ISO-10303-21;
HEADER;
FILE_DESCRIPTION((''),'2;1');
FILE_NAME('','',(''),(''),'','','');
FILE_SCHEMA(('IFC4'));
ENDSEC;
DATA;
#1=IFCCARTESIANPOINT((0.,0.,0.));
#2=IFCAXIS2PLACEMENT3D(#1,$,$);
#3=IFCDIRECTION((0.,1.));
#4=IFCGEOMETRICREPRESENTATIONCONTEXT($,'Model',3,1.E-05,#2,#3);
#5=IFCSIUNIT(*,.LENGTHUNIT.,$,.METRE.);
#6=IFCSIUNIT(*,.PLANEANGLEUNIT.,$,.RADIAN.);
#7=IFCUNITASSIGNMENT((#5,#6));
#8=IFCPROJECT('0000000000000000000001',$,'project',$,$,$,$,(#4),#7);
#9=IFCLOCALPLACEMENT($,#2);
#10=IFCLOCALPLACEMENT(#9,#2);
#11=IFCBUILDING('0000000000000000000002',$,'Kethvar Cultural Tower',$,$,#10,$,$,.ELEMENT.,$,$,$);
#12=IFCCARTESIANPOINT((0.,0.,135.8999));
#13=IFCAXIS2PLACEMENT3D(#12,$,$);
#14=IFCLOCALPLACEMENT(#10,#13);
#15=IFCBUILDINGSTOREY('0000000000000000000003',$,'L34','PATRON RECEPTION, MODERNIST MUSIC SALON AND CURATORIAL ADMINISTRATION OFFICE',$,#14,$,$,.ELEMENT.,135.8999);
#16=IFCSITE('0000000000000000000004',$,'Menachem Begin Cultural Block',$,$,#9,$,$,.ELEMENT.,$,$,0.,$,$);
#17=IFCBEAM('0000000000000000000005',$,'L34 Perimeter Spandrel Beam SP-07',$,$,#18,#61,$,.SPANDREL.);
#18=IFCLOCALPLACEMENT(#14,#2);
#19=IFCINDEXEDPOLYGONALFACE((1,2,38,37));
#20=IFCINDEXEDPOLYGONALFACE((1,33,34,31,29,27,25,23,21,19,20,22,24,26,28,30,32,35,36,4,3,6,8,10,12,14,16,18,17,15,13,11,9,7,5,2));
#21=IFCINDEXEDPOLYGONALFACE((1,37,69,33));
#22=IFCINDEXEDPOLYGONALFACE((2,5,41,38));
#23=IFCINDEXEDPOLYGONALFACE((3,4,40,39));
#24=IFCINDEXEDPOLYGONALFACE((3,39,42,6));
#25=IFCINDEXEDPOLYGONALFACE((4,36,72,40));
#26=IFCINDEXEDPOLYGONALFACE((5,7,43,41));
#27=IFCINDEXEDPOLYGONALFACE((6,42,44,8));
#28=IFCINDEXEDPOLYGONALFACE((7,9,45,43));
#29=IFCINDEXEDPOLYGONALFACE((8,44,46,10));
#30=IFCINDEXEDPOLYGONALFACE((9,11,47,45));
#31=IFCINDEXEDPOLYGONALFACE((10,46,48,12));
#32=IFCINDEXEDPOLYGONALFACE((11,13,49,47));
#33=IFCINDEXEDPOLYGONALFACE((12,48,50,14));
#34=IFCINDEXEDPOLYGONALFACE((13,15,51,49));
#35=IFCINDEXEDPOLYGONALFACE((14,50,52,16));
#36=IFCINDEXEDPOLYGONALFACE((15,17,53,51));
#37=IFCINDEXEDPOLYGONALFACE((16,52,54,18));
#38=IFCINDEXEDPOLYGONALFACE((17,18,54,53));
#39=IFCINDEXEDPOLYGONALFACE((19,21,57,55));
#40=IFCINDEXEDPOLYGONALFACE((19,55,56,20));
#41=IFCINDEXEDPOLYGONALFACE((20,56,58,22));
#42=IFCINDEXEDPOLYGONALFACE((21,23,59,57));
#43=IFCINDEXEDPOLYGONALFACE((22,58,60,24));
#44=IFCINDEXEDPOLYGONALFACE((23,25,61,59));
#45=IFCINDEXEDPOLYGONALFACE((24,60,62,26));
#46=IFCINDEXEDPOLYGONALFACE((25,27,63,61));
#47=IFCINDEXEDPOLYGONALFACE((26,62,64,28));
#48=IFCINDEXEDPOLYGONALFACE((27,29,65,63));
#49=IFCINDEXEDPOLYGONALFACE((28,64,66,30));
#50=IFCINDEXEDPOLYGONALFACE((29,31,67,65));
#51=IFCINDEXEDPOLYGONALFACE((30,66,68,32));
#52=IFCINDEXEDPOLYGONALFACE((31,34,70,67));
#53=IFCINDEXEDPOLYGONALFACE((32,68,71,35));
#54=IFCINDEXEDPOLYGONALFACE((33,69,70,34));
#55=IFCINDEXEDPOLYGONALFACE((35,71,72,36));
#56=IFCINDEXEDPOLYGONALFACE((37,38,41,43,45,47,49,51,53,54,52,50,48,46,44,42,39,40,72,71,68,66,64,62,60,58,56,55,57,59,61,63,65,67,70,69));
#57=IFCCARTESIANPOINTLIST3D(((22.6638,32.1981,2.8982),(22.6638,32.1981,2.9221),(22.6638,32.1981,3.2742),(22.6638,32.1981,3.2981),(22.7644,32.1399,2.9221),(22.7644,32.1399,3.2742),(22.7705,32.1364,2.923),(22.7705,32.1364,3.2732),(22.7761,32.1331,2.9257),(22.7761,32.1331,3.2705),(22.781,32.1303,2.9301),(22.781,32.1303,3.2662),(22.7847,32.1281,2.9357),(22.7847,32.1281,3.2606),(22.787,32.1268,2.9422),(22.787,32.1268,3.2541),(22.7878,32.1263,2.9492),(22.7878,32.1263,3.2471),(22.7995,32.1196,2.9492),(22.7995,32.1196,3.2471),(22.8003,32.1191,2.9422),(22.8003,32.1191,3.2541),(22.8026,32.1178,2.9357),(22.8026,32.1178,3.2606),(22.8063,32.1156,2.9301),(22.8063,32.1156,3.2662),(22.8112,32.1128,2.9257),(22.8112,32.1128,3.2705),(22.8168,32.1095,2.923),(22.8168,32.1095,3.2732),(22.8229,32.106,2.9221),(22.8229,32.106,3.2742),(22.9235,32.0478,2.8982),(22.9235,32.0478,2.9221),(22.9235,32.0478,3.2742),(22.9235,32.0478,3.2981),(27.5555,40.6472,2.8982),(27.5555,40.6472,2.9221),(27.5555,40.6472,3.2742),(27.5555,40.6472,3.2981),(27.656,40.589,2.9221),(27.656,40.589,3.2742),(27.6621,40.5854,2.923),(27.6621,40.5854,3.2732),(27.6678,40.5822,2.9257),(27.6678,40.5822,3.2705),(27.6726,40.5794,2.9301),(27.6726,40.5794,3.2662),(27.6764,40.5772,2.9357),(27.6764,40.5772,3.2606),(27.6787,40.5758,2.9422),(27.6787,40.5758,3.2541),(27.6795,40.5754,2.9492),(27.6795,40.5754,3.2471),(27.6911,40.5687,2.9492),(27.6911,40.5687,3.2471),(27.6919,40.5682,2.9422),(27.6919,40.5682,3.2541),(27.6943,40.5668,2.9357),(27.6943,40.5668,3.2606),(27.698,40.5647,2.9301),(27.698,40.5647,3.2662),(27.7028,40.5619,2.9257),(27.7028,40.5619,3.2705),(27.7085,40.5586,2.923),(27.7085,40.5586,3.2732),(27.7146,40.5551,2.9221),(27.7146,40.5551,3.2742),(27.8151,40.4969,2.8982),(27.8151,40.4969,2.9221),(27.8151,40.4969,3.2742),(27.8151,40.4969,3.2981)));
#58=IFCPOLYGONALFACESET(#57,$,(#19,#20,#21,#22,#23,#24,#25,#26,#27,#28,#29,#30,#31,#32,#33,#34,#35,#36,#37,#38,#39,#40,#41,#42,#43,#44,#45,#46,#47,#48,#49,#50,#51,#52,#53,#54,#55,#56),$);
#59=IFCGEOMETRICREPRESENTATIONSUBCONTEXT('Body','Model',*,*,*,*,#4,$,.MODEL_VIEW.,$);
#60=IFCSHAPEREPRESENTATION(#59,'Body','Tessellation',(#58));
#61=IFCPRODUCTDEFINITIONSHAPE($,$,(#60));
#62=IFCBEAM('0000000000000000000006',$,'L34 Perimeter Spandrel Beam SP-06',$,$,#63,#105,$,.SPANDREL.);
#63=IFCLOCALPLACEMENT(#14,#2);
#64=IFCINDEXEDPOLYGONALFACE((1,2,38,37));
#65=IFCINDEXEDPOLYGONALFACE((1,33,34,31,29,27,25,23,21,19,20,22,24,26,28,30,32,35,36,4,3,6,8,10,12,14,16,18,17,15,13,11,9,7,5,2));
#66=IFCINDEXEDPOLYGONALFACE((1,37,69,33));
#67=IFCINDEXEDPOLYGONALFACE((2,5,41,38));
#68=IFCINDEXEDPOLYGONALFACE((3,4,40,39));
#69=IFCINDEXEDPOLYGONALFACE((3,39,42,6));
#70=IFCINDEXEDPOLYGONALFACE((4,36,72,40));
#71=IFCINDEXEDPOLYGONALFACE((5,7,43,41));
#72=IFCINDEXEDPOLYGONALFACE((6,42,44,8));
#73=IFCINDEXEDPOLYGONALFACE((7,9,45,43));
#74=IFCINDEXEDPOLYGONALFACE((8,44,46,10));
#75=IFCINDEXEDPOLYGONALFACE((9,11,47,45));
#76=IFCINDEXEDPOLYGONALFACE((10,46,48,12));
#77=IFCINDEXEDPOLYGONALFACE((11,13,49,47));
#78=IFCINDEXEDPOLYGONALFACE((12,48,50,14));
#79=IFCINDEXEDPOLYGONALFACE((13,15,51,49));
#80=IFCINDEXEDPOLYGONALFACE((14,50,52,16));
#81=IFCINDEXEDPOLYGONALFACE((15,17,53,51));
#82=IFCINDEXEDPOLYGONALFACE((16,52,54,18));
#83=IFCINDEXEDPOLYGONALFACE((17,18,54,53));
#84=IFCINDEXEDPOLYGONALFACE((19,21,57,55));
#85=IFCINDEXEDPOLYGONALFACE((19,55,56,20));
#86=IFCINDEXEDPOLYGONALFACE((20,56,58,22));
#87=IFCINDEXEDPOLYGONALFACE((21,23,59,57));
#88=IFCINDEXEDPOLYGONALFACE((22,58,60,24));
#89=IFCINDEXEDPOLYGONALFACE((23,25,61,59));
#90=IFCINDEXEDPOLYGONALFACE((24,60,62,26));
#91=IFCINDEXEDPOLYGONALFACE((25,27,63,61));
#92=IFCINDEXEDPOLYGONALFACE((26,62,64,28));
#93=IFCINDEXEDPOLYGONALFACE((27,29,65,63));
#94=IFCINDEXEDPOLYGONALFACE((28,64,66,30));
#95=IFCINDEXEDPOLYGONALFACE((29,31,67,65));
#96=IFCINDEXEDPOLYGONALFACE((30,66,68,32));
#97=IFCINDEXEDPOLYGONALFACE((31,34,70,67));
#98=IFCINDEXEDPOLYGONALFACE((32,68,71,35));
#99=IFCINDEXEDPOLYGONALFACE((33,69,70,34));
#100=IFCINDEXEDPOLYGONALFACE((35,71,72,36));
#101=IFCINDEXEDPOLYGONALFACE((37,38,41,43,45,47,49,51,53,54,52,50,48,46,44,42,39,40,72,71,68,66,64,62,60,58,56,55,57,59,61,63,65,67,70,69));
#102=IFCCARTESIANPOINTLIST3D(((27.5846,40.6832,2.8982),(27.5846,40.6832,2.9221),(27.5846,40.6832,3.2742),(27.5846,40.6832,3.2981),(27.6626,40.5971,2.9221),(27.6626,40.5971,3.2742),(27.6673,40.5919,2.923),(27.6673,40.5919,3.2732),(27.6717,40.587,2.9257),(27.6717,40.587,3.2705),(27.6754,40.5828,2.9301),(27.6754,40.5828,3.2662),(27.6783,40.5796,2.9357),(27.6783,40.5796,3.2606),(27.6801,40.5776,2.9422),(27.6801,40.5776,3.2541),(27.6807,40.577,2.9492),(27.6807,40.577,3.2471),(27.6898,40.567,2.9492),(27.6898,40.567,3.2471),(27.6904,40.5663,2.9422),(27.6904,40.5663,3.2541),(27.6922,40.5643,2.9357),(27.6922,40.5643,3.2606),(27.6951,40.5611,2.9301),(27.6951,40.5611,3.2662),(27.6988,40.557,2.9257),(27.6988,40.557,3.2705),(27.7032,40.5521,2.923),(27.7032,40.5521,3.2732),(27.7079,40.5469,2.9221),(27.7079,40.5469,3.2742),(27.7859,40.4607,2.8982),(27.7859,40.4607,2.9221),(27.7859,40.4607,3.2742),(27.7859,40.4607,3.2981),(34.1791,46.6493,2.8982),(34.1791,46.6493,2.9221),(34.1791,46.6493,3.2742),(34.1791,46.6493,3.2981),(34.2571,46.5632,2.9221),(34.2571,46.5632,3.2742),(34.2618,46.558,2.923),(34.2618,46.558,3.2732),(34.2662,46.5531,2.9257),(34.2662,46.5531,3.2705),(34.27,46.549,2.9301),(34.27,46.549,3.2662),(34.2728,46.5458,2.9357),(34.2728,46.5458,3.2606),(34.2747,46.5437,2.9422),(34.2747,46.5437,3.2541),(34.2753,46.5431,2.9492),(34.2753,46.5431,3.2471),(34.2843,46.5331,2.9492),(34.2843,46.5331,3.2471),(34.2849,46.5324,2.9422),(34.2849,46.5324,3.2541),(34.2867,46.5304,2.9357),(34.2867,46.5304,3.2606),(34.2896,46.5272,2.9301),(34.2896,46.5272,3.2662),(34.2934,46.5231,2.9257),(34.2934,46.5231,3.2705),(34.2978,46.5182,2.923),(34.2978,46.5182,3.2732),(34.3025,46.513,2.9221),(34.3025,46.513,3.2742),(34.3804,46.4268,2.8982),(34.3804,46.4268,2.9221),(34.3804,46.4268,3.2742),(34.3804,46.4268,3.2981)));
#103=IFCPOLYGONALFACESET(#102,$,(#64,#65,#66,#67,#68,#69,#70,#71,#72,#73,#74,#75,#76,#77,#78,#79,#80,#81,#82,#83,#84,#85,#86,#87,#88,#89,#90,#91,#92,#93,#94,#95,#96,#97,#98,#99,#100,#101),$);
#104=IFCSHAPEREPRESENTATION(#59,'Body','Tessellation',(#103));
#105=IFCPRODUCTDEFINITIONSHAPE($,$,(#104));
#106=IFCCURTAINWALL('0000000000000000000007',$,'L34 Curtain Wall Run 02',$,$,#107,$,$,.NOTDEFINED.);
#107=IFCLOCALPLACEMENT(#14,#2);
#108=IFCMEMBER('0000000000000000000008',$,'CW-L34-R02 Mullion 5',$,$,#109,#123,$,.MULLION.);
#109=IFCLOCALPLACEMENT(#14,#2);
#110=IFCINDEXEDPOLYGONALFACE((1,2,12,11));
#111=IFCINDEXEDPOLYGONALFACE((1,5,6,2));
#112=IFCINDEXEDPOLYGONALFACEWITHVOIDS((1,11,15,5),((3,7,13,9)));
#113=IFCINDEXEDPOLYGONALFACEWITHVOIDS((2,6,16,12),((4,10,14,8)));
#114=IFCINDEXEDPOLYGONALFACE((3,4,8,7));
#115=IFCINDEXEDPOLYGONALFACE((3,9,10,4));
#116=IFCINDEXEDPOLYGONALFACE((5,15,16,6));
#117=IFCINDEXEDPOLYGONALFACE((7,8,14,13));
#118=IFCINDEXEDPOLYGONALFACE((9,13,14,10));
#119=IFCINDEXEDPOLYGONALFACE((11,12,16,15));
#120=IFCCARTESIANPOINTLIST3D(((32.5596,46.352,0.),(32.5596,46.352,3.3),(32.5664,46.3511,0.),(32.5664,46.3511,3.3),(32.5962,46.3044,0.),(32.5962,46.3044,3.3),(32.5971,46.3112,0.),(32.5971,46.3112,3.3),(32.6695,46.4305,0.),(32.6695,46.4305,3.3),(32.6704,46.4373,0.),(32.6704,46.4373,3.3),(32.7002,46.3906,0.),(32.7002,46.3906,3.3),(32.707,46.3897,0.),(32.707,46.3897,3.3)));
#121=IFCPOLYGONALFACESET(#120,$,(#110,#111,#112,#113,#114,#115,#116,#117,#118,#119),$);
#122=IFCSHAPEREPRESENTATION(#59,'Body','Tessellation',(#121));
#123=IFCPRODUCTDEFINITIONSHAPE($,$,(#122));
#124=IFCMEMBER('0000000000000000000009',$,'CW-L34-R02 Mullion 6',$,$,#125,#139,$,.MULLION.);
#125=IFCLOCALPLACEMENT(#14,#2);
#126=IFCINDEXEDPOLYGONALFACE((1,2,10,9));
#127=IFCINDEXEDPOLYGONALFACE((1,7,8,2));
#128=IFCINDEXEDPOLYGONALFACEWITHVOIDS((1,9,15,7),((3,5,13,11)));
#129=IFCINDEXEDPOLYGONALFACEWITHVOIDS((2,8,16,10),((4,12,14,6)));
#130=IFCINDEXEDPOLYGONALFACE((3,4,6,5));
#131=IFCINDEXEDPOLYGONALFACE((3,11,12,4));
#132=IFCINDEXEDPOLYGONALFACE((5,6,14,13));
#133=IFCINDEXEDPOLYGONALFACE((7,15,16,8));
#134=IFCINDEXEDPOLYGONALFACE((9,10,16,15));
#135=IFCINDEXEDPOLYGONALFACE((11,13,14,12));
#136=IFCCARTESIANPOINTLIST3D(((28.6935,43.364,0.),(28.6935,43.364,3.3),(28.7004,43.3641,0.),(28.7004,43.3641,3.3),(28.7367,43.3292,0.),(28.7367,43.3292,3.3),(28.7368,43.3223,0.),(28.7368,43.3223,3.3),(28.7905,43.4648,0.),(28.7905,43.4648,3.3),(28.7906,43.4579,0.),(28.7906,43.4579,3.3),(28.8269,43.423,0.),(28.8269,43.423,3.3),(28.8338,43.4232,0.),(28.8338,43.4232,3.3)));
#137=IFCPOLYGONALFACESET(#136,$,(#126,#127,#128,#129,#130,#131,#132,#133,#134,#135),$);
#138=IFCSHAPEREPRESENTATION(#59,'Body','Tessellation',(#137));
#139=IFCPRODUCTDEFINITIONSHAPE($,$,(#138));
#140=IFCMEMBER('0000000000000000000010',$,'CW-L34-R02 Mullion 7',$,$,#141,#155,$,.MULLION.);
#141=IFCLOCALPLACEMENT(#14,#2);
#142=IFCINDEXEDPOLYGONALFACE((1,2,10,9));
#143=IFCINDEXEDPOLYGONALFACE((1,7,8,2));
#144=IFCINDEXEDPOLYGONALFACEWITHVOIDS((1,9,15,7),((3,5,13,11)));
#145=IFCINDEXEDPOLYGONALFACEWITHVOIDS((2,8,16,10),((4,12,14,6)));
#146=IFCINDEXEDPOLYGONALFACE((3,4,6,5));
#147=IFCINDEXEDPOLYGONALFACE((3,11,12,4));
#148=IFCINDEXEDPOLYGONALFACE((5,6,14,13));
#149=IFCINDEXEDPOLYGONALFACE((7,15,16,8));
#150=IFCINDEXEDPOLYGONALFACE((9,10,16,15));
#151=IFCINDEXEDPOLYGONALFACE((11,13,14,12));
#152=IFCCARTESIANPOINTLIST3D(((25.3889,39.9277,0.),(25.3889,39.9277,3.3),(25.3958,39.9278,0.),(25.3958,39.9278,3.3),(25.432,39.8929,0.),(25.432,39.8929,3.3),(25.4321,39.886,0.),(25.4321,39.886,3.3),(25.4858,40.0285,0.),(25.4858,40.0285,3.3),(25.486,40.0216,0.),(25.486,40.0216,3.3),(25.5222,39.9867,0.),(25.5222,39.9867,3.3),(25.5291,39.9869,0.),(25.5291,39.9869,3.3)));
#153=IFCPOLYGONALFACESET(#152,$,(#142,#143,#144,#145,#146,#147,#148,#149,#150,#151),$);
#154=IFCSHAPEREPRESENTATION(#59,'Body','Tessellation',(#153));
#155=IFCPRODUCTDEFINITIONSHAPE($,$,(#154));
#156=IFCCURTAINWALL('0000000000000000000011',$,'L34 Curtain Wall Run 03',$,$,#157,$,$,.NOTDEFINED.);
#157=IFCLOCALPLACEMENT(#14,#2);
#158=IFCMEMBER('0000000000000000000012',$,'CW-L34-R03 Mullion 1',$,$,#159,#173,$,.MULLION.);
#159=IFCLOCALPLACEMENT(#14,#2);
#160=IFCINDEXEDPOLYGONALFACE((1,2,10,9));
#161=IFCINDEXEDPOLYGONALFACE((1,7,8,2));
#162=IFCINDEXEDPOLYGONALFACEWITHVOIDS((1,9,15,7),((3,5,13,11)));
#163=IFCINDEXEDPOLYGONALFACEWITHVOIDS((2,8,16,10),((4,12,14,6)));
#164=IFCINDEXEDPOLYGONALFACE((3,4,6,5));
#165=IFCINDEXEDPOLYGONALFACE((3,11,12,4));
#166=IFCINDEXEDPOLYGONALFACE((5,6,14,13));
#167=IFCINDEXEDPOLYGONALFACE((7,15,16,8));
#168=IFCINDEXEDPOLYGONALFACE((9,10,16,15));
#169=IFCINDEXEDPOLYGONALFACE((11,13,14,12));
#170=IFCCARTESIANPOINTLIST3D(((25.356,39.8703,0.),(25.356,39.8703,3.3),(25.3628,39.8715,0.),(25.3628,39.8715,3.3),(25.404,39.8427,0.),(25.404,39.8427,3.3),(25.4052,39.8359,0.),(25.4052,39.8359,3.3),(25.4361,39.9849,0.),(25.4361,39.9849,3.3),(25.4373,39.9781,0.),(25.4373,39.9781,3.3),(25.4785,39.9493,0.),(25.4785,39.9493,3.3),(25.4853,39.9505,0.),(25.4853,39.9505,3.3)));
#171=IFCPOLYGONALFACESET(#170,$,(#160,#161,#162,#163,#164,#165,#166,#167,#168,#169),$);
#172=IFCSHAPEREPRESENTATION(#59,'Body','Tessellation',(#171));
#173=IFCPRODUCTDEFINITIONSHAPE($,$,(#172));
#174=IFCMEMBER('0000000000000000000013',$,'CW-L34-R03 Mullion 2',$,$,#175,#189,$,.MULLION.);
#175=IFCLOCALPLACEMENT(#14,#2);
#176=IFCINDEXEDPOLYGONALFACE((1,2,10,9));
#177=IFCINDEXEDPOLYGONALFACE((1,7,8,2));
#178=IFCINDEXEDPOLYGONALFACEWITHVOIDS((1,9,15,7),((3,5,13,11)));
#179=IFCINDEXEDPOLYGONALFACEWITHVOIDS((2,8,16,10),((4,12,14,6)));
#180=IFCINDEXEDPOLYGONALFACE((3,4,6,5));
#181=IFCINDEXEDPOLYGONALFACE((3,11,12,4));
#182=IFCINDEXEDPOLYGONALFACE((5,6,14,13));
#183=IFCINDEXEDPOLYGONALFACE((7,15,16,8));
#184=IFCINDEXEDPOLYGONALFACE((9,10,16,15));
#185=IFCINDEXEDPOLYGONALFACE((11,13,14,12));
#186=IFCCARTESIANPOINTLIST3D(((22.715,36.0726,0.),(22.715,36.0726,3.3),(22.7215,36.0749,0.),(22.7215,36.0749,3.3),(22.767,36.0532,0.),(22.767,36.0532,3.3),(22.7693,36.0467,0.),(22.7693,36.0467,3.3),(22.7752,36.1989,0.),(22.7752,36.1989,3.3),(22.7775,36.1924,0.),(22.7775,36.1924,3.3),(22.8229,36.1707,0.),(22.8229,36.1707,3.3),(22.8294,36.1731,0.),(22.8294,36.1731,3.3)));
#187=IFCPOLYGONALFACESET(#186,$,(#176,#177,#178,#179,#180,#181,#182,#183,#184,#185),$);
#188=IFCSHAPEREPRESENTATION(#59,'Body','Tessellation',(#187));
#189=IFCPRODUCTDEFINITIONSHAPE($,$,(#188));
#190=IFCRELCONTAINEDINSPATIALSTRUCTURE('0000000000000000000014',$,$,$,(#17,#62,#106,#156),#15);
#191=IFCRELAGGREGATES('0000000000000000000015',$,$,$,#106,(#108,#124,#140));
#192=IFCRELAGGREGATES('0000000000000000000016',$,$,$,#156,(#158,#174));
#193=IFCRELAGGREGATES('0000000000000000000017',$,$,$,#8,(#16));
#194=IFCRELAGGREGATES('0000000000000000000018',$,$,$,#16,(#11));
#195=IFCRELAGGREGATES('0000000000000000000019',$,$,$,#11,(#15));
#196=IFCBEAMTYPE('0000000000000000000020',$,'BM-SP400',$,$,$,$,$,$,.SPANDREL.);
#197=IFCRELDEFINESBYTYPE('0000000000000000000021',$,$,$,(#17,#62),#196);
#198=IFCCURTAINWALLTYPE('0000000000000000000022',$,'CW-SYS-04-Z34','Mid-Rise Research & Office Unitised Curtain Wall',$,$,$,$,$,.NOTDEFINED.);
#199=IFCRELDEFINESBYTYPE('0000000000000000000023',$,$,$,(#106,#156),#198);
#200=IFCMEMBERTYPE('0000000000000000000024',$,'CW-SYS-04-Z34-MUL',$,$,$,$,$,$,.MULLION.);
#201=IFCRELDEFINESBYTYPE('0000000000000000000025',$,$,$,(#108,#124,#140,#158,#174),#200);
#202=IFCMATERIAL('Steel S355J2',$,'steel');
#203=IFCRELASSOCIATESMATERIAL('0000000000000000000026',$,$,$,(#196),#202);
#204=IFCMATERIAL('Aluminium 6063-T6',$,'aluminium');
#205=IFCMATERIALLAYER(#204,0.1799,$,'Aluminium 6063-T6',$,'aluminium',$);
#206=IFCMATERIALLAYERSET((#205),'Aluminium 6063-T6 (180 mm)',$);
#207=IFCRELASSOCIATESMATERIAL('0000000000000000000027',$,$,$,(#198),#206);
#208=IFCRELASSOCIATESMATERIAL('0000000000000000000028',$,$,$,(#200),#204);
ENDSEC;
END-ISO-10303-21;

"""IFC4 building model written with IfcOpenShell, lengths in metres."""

from ifc_helpers import new_model, si_unit, direction, frame, origin, origin_2d, place, context, subcontext, project, spatial, hollow_rectangle, i_section, extrude, source, transform, mapped, material, layer, layer_set, material_profile, profile_set, type_object, element, aggregate, save


model = new_model("IFC4")

# Units and contexts
model_context = context("Model", 3, precision=1e-05, world=origin(), true_north=direction((0.0, 1.0)))
body_context = subcontext(model_context, "Body", "Model", "MODEL_VIEW")
ifc_project = project(units=[si_unit("LENGTHUNIT", "METRE"), si_unit("PLANEANGLEUNIT", "RADIAN")], contexts=[model_context])

# Site, building, storey
site_placement = place(None, origin())
site = spatial("IfcSite", under=ifc_project, at=site_placement, Name="Menachem Begin Cultural Block", CompositionType="ELEMENT", RefElevation=0.0)
building_placement = place(site_placement, origin())
building = spatial("IfcBuilding", under=site, at=building_placement, Name="Kethvar Cultural Tower", CompositionType="ELEMENT")
storey_placement = place(building_placement, frame((0.0, 0.0, 135.8999)))
storey = spatial("IfcBuildingStorey", under=building, at=storey_placement, Name="L34", Description="PATRON RECEPTION, MODERNIST MUSIC SALON AND CURATORIAL ADMINISTRATION OFFICE", CompositionType="ELEMENT", Elevation=135.8999)

# Beams
ifc_material_1 = material(Name="Steel S355J2", Category="steel")
ifc_material_profile_1 = material_profile(ifc_material_1, i_section(OverallWidth=0.3, OverallDepth=0.3999, WebThickness=0.0134, FlangeThickness=0.0239, FilletRadius=0.0271, at=origin_2d()), Name="Steel S355J2 — HEB400")
ifc_profile_set_1 = profile_set([ifc_material_profile_1], Name="Steel S355J2 — HEB400")
beam_type_1 = type_object("IfcBeamType", Name="BM-SP400", PredefinedType="SPANDREL", material=ifc_profile_set_1)
shared_shape_1 = source(origin(), body_context, "Body", "SweptSolid", [
    extrude(i_section(OverallWidth=0.3, OverallDepth=0.3999, WebThickness=0.0134, FlangeThickness=0.0239, FilletRadius=0.0271, at=origin_2d()), origin(), (0.0, 0.0, 1.0), 9.7629),
])
beam_1_placement = place(storey_placement, frame((27.6853, 40.572, 3.0981), z_axis=(-0.501043, -0.865422, 0.0), x_axis=(0.865422, -0.501043, 0.0)))
element("IfcBeam", 1, at=beam_1_placement, inside=storey, type_object=beam_type_1, Name="L34 Perimeter Spandrel Beam SP-07", PredefinedType="SPANDREL", context=body_context, shape_type="MappedRepresentation", body=[
    mapped(shared_shape_1, transform((0.0, 0.0, 0.0), scale=1.0)),
])
shared_shape_2 = source(origin(), body_context, "Body", "SweptSolid", [
    extrude(i_section(OverallWidth=0.3, OverallDepth=0.3999, WebThickness=0.0134, FlangeThickness=0.0239, FilletRadius=0.0271, at=origin_2d()), origin(), (0.0, 0.0, 1.0), 8.8928),
])
beam_2_placement = place(storey_placement, frame((34.2798, 46.5381, 3.0981), z_axis=(-0.741557, -0.67089, 0.0), x_axis=(0.67089, -0.741557, 0.0)))
element("IfcBeam", 2, at=beam_2_placement, inside=storey, type_object=beam_type_1, Name="L34 Perimeter Spandrel Beam SP-06", PredefinedType="SPANDREL", context=body_context, shape_type="MappedRepresentation", body=[
    mapped(shared_shape_2, transform((0.0, 0.0, 0.0), scale=1.0)),
])

# Curtain walls, members
ifc_material_2 = material(Name="Aluminium 6063-T6", Category="aluminium")
ifc_layer_1 = layer(ifc_material_2, 0.1799, Name="Aluminium 6063-T6", Category="aluminium")
ifc_layer_set_1 = layer_set([ifc_layer_1], Name="Aluminium 6063-T6 (180 mm)")
curtain_wall_type = type_object("IfcCurtainWallType", Name="CW-SYS-04-Z34", Description="Mid-Rise Research & Office Unitised Curtain Wall", PredefinedType="NOTDEFINED", material=ifc_layer_set_1)
curtain_wall_1_placement = place(storey_placement, origin())
curtain_wall_1 = element("IfcCurtainWall", 3, at=curtain_wall_1_placement, inside=storey, type_object=curtain_wall_type, Name="L34 Curtain Wall Run 02", PredefinedType="NOTDEFINED")
ifc_material_profile_2 = material_profile(ifc_material_2, hollow_rectangle(XDim=0.0601, YDim=0.1399, WallThickness=0.0049, at=origin_2d()), Name="Aluminium 6063-T6 — RHS140x60x5")
ifc_profile_set_2 = profile_set([ifc_material_profile_2], Name="Aluminium 6063-T6 — RHS140x60x5")
member_type_1 = type_object("IfcMemberType", Name="CW-SYS-04-Z34-MUL", PredefinedType="MULLION", material=ifc_profile_set_2)
shared_shape_3 = source(origin(), body_context, "Body", "SweptSolid", [
    extrude(hollow_rectangle(XDim=0.0601, YDim=0.1399, WallThickness=0.0049, at=origin_2d()), origin(), (0.0, 0.0, 1.0), 3.3),
])
member_1_placement = place(storey_placement, frame((32.6333, 46.3708, 0.0), z_axis=(0.0, 0.0, 1.0), x_axis=(0.609979, -0.792417, 0.0)))
member_1 = element("IfcMember", 4, at=member_1_placement, type_object=member_type_1, Name="CW-L34-R02 Mullion 5", PredefinedType="MULLION", context=body_context, shape_type="MappedRepresentation", body=[
    mapped(shared_shape_3, transform((0.0, 0.0, 0.0), scale=1.0)),
])
member_2_placement = place(storey_placement, frame((28.7637, 43.3936, 0.0), z_axis=(0.0, 0.0, 1.0), x_axis=(0.720793, -0.69315, 0.0)))
member_2 = element("IfcMember", 5, at=member_2_placement, type_object=member_type_1, Name="CW-L34-R02 Mullion 6", PredefinedType="MULLION", context=body_context, shape_type="MappedRepresentation", body=[
    mapped(shared_shape_3, transform((0.0, 0.0, 0.0), scale=1.0)),
])
member_3_placement = place(storey_placement, frame((25.459, 39.9573, 0.0), z_axis=(0.0, 0.0, 1.0), x_axis=(0.720793, -0.69315, 0.0)))
member_3 = element("IfcMember", 6, at=member_3_placement, type_object=member_type_1, Name="CW-L34-R02 Mullion 7", PredefinedType="MULLION", context=body_context, shape_type="MappedRepresentation", body=[
    mapped(shared_shape_3, transform((0.0, 0.0, 0.0), scale=1.0)),
])
curtain_wall_2_placement = place(storey_placement, origin())
curtain_wall_2 = element("IfcCurtainWall", 7, at=curtain_wall_2_placement, inside=storey, type_object=curtain_wall_type, Name="L34 Curtain Wall Run 03", PredefinedType="NOTDEFINED")
member_4_placement = place(storey_placement, frame((25.4207, 39.9104, 0.0), z_axis=(0.0, 0.0, 1.0), x_axis=(0.819712, -0.572776, 0.0)))
member_4 = element("IfcMember", 8, at=member_4_placement, type_object=member_type_1, Name="CW-L34-R03 Mullion 1", PredefinedType="MULLION", context=body_context, shape_type="MappedRepresentation", body=[
    mapped(shared_shape_3, transform((0.0, 0.0, 0.0), scale=1.0)),
])
member_5_placement = place(storey_placement, frame((22.7722, 36.1228, 0.0), z_axis=(0.0, 0.0, 1.0), x_axis=(0.902916, -0.429818, 0.0)))
member_5 = element("IfcMember", 9, at=member_5_placement, type_object=member_type_1, Name="CW-L34-R03 Mullion 2", PredefinedType="MULLION", context=body_context, shape_type="MappedRepresentation", body=[
    mapped(shared_shape_3, transform((0.0, 0.0, 0.0), scale=1.0)),
])

aggregate(curtain_wall_1, [member_1, member_2, member_3])
aggregate(curtain_wall_2, [member_4, member_5])

save(model, "model.ifc")
